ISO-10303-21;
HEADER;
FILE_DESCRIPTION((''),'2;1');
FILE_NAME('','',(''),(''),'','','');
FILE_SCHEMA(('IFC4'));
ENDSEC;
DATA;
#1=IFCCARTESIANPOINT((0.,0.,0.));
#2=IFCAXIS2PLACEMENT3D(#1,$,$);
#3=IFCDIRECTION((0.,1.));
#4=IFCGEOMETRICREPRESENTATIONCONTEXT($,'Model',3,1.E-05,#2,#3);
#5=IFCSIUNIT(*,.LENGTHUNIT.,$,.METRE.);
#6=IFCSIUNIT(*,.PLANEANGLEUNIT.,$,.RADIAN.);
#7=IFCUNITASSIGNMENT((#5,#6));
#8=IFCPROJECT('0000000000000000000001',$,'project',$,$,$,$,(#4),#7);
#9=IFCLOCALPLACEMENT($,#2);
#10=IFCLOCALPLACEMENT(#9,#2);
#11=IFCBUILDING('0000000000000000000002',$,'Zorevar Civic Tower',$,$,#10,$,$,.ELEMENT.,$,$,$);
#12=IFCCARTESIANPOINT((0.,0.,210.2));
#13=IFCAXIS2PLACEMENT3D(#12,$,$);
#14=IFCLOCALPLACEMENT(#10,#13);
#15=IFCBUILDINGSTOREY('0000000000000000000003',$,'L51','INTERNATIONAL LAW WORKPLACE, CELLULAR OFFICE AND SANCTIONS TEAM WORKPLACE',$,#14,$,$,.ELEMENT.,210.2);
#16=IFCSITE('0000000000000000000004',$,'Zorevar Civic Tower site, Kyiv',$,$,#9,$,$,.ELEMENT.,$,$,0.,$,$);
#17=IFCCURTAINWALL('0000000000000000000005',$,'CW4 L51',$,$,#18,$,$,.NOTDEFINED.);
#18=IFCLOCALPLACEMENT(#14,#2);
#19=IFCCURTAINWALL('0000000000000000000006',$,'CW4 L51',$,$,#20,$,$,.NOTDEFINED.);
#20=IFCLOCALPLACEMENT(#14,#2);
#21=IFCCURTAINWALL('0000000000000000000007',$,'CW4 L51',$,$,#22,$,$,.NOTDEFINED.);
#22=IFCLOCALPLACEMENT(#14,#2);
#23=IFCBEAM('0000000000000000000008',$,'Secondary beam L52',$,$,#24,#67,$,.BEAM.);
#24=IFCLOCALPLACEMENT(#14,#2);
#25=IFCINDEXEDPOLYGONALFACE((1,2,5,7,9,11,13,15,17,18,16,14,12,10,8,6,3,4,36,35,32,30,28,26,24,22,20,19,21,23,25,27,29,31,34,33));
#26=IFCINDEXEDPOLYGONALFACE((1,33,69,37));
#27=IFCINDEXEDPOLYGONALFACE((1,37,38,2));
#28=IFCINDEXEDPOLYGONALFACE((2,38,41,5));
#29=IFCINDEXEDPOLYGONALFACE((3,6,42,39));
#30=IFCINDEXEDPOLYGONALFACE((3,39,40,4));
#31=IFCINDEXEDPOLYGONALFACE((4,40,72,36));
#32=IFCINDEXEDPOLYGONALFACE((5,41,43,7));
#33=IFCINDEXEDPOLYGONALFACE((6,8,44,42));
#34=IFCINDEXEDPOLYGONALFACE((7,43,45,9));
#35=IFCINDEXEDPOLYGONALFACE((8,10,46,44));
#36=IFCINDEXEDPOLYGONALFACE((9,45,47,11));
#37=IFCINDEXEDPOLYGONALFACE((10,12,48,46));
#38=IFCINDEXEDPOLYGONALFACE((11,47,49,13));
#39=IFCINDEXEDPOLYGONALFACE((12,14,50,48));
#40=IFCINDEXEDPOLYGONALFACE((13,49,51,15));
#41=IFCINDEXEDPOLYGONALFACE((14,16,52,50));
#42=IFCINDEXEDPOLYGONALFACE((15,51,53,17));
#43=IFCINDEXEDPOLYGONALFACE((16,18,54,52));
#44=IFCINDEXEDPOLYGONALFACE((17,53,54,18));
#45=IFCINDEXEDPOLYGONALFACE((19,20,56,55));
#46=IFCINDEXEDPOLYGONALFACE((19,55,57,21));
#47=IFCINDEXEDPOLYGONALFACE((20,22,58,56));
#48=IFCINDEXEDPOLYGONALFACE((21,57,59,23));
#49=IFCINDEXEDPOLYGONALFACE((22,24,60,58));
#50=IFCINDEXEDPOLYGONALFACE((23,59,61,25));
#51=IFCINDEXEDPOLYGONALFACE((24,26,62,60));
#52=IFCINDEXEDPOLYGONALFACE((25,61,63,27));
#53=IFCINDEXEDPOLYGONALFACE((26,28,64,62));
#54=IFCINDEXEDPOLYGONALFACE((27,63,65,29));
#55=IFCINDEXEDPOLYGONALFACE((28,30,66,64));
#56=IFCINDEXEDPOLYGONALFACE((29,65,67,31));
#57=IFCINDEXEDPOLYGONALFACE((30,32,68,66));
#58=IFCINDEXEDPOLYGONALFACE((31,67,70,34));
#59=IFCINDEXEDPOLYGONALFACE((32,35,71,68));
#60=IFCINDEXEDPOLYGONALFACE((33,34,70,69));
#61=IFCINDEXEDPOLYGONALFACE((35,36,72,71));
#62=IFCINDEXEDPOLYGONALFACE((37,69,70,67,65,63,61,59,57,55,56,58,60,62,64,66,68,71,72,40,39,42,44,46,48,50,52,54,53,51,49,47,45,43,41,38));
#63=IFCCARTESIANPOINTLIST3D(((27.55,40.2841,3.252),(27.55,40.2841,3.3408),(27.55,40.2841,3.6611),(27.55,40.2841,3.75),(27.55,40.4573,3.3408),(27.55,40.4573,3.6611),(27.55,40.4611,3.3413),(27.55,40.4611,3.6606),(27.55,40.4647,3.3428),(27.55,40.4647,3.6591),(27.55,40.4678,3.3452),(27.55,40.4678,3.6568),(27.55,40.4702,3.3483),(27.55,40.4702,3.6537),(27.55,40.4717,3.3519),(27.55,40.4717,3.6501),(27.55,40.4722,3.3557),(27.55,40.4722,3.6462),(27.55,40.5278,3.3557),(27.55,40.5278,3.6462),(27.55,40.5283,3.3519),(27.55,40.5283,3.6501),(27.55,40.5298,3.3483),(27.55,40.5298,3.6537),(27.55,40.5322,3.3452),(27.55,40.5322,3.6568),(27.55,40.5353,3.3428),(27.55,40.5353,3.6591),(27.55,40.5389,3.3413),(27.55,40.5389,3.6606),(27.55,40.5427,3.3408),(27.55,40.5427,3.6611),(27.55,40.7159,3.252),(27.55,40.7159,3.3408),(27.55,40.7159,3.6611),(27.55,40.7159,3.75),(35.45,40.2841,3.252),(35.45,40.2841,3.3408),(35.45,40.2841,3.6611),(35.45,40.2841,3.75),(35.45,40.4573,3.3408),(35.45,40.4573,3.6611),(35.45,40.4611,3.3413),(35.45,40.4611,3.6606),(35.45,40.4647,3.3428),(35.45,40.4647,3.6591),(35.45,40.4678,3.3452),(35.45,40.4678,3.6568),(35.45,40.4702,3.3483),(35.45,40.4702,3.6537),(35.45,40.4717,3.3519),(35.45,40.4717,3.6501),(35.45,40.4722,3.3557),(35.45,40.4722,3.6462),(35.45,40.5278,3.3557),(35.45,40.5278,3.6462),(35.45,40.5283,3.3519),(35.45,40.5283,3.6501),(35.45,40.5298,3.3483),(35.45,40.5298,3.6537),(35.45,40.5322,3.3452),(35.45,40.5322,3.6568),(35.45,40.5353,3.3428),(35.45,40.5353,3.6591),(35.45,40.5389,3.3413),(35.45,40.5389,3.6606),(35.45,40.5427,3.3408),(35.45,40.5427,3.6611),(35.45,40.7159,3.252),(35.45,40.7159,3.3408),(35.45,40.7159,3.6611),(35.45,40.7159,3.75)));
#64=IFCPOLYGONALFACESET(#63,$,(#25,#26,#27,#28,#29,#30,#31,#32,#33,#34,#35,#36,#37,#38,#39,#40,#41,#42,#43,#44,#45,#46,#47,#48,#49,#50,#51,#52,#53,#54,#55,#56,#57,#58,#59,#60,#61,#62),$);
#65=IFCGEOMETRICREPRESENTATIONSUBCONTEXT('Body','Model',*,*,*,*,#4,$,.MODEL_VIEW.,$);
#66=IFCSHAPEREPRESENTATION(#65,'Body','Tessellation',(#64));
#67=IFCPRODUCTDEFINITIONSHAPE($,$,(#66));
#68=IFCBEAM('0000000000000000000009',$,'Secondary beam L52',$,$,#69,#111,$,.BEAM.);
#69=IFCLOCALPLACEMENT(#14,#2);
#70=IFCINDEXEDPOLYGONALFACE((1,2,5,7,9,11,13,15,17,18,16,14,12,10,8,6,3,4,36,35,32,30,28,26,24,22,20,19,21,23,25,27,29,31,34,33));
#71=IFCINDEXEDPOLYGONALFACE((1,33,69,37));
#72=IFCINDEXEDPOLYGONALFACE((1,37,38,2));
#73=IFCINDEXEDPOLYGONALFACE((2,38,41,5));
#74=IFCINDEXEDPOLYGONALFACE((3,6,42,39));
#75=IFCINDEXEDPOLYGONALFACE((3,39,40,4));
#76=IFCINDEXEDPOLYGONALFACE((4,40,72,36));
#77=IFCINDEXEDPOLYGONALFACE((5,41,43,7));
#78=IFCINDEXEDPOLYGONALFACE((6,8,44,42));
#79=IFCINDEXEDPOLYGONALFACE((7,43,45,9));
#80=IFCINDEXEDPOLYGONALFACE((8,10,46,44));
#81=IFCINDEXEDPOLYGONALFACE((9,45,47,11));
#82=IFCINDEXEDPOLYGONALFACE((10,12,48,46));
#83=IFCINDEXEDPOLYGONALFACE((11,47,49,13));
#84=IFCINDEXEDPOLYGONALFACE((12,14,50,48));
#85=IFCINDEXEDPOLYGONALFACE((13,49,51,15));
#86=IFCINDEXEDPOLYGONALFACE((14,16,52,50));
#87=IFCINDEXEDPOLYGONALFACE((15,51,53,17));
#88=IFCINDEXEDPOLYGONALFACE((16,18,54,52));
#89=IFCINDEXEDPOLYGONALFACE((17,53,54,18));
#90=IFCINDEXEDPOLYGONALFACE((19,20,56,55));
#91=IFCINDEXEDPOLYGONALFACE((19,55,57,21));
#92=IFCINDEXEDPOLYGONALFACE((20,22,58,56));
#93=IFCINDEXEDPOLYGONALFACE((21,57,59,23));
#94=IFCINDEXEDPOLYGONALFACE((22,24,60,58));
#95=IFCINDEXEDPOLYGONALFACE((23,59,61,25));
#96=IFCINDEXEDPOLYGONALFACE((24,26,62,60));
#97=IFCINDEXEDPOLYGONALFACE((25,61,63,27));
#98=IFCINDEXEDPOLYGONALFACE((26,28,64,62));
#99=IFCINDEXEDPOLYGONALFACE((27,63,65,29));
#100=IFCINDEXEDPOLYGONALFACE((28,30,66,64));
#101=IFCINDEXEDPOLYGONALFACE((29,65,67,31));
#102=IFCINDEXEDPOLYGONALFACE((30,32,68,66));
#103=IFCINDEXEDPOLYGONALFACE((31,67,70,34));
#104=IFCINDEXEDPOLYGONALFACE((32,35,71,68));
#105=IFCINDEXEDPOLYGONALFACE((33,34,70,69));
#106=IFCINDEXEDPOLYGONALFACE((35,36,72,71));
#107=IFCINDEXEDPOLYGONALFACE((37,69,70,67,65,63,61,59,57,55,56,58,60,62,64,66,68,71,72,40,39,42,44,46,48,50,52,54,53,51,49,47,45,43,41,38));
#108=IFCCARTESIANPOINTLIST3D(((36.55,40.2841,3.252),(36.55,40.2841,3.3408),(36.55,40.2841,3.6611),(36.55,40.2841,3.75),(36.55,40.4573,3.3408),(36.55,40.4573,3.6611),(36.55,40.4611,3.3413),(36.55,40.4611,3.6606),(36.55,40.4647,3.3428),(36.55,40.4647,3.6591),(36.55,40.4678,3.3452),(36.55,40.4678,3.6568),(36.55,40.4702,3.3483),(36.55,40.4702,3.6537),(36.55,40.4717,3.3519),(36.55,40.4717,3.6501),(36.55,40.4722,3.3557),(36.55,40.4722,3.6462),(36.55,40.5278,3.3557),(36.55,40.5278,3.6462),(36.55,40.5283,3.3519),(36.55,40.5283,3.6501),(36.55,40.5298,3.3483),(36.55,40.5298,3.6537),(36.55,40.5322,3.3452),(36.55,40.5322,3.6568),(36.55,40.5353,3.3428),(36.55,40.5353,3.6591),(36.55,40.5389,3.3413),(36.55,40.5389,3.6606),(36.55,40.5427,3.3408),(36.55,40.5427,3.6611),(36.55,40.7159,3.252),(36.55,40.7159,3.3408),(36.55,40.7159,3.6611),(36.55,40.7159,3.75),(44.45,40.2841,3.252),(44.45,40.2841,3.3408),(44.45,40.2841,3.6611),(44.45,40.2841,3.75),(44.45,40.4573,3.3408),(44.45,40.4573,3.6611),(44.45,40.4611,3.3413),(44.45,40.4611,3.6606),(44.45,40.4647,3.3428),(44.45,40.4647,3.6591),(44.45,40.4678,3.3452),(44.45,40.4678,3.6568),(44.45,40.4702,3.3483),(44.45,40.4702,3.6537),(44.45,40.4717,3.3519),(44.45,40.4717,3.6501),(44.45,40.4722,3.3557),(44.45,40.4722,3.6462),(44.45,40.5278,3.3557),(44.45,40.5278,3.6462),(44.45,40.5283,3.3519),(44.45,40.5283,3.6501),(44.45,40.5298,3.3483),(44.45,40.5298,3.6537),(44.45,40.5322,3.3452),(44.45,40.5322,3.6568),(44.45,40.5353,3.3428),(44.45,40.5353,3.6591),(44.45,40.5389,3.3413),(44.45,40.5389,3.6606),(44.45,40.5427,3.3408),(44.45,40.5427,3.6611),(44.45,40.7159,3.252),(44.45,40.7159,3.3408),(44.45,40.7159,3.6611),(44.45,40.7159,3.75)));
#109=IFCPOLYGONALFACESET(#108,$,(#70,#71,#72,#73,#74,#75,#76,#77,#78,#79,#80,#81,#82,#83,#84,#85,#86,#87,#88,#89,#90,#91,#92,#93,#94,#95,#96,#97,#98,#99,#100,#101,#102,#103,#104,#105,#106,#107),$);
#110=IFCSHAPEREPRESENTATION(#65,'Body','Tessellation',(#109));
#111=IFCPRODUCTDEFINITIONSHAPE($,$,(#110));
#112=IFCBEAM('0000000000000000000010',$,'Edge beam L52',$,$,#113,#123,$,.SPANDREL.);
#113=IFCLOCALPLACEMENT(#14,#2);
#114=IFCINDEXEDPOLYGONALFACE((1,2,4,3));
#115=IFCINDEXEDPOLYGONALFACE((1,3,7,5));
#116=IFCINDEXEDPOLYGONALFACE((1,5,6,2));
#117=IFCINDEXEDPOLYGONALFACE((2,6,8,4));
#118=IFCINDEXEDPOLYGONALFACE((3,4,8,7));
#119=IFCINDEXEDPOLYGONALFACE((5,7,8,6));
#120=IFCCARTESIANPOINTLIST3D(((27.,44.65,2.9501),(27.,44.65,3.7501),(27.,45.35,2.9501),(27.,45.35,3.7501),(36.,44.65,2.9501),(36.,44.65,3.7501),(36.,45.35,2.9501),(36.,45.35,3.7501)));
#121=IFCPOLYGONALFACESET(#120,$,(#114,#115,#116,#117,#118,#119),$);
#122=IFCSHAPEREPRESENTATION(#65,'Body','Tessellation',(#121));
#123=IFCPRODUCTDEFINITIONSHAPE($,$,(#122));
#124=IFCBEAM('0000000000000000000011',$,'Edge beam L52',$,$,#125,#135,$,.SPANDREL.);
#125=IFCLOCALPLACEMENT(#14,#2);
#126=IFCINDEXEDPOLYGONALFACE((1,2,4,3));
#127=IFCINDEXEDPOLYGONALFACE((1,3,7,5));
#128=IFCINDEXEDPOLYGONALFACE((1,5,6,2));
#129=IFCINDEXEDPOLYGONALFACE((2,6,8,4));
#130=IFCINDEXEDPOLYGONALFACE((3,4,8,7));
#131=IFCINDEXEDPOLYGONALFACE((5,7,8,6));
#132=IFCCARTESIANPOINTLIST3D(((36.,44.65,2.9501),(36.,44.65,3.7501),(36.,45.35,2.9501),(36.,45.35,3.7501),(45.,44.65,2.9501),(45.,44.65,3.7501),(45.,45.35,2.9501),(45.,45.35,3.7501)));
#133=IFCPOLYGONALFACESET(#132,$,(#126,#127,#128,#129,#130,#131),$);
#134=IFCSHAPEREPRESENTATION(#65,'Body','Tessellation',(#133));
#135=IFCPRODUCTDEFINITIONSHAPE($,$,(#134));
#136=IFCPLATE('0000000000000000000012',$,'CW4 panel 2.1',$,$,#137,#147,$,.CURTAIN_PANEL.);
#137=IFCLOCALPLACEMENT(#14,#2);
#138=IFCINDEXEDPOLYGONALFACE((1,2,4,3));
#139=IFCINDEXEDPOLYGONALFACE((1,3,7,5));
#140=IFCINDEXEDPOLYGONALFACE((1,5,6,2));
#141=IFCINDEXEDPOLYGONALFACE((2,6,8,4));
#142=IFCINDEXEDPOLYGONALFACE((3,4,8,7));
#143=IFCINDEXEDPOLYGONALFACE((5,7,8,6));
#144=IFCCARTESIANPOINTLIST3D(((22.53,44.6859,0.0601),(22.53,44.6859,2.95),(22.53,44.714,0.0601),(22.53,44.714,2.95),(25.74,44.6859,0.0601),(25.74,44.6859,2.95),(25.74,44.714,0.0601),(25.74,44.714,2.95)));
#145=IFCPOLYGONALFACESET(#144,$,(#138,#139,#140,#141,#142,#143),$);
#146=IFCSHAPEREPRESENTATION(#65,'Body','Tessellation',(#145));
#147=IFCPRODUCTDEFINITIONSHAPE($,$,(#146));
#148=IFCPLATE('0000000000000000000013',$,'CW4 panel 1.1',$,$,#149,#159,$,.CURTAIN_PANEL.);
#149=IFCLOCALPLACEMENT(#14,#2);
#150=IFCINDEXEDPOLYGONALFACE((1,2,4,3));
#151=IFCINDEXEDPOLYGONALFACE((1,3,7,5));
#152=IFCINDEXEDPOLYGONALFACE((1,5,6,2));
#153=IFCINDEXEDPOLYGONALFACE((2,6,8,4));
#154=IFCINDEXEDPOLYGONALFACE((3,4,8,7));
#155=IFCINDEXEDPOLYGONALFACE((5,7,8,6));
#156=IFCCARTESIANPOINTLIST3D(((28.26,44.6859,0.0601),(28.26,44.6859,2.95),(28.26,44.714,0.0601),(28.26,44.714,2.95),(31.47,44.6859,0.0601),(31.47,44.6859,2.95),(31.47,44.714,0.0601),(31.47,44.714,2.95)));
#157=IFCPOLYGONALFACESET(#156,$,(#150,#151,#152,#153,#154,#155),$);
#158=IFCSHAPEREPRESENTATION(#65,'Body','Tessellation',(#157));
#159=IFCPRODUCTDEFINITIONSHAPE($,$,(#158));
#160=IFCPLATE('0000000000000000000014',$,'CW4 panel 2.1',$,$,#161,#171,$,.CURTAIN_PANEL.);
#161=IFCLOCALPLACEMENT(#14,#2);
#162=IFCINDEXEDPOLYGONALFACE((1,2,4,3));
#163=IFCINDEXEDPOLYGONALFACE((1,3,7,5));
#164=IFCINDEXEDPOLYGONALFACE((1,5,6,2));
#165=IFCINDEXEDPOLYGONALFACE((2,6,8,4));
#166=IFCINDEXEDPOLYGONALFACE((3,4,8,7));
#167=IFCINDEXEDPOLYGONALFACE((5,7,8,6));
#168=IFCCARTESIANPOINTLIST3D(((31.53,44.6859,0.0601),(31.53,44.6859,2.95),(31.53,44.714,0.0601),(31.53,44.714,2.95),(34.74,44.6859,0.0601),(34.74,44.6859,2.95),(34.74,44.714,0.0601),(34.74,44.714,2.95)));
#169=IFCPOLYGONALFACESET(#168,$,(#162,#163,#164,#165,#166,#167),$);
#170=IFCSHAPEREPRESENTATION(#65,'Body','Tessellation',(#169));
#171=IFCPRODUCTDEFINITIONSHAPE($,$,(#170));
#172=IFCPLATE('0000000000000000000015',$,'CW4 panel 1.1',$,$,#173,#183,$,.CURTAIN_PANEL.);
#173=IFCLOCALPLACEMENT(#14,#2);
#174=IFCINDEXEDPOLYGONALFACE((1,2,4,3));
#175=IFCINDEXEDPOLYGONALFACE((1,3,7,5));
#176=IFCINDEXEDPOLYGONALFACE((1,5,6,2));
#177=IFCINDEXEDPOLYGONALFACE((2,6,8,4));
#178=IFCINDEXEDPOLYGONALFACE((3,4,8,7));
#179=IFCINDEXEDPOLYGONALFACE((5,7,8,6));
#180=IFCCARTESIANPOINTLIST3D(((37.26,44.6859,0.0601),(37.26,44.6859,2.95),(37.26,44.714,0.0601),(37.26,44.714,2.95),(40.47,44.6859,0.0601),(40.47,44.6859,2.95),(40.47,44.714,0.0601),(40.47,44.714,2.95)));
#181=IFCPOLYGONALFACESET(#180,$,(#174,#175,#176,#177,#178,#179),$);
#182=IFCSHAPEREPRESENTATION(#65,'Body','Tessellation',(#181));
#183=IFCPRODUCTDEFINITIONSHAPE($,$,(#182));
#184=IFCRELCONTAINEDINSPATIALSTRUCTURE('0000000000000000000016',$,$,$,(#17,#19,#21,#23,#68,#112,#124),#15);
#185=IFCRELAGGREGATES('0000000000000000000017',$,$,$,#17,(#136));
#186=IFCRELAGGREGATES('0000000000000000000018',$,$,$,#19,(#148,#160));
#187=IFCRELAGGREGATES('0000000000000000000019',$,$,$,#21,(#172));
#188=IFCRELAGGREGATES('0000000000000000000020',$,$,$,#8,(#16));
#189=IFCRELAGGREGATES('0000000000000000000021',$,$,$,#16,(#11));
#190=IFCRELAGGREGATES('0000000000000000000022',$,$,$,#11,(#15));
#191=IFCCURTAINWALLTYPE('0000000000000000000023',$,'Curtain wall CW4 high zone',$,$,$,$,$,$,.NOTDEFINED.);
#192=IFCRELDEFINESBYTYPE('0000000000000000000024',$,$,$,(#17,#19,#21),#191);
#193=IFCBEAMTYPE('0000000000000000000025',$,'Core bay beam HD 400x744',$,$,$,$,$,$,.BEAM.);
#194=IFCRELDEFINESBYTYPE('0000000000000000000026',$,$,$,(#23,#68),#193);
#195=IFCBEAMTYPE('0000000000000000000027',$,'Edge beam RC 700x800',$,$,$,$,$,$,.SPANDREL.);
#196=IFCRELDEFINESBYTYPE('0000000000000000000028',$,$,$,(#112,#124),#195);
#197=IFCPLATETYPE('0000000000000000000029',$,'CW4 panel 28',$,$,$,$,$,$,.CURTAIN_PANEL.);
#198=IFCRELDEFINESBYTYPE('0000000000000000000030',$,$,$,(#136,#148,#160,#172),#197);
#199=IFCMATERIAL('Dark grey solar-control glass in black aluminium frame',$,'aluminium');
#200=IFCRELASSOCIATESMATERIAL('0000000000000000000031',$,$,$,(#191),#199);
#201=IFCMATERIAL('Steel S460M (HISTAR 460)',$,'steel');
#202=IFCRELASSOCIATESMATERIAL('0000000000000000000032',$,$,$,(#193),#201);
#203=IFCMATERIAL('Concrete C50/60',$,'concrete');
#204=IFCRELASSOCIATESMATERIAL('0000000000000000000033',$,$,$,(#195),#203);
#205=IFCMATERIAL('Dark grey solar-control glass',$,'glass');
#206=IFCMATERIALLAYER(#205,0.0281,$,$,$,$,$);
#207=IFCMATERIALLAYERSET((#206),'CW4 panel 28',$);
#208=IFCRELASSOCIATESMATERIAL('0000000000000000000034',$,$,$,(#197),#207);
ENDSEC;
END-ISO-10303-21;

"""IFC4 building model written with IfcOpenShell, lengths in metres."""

from ifc_helpers import new_model, si_unit, direction, frame, origin, origin_2d, place, context, subcontext, project, spatial, rectangle, i_section, extrude, material, layer, layer_set, material_profile, profile_set, type_object, element, aggregate, save


model = new_model("IFC4")

# Units and contexts
model_context = context("Model", 3, precision=1e-05, world=origin(), true_north=direction((0.0, 1.0)))
body_context = subcontext(model_context, "Body", "Model", "MODEL_VIEW")
ifc_project = project(units=[si_unit("LENGTHUNIT", "METRE"), si_unit("PLANEANGLEUNIT", "RADIAN")], contexts=[model_context])

# Site, building, storey
site_placement = place(None, origin())
site = spatial("IfcSite", under=ifc_project, at=site_placement, Name="Zorevar Civic Tower site, Kyiv", CompositionType="ELEMENT", RefElevation=0.0)
building_placement = place(site_placement, origin())
building = spatial("IfcBuilding", under=site, at=building_placement, Name="Zorevar Civic Tower", CompositionType="ELEMENT")
storey_placement = place(building_placement, frame((0.0, 0.0, 210.2)))
storey = spatial("IfcBuildingStorey", under=building, at=storey_placement, Name="L51", Description="INTERNATIONAL LAW WORKPLACE, CELLULAR OFFICE AND SANCTIONS TEAM WORKPLACE", CompositionType="ELEMENT", Elevation=210.2)

# Curtain walls
ifc_material_1 = material(Name="Dark grey solar-control glass in black aluminium frame", Category="aluminium")
curtain_wall_type = type_object("IfcCurtainWallType", Name="Curtain wall CW4 high zone", PredefinedType="NOTDEFINED", material=ifc_material_1)
curtain_wall_1_placement = place(storey_placement, origin())
curtain_wall_1 = element("IfcCurtainWall", 1, at=curtain_wall_1_placement, inside=storey, type_object=curtain_wall_type, Name="CW4 L51", PredefinedType="NOTDEFINED")
curtain_wall_2_placement = place(storey_placement, origin())
curtain_wall_2 = element("IfcCurtainWall", 2, at=curtain_wall_2_placement, inside=storey, type_object=curtain_wall_type, Name="CW4 L51", PredefinedType="NOTDEFINED")
curtain_wall_3_placement = place(storey_placement, origin())
curtain_wall_3 = element("IfcCurtainWall", 3, at=curtain_wall_3_placement, inside=storey, type_object=curtain_wall_type, Name="CW4 L51", PredefinedType="NOTDEFINED")

# Beams
ifc_material_2 = material(Name="Steel S460M (HISTAR 460)", Category="steel")
ifc_material_profile_1 = material_profile(ifc_material_2, i_section(OverallWidth=0.4319, OverallDepth=0.498, WebThickness=0.0557, FlangeThickness=0.0889, FilletRadius=0.0149, at=origin_2d()), Name="HD 400x744")
ifc_profile_set_1 = profile_set([ifc_material_profile_1], Name="Steel S460M (HISTAR 460)")
beam_type_1 = type_object("IfcBeamType", Name="Core bay beam HD 400x744", PredefinedType="BEAM", material=ifc_profile_set_1)
for number, where, z_axis, x_axis, name in (
    (4, (27.55, 40.5, 3.501), (1.0, 0.0, 0.0), (0.0, 1.0, 0.0), "Secondary beam L52"),
    (5, (36.55, 40.5, 3.501), (1.0, 0.0, 0.0), (0.0, 1.0, 0.0), "Secondary beam L52"),
):
    element("IfcBeam", number, at=place(storey_placement, frame(where, z_axis=z_axis, x_axis=x_axis)), inside=storey, type_object=beam_type_1, Name=name, PredefinedType="BEAM", context=body_context, shape_type="SweptSolid", body=[
        extrude(i_section(OverallWidth=0.4319, OverallDepth=0.498, WebThickness=0.0557, FlangeThickness=0.0889, FilletRadius=0.0149, at=origin_2d()), origin(), (0.0, 0.0, 1.0), 7.8999),
    ])
ifc_material_3 = material(Name="Concrete C50/60", Category="concrete")
ifc_material_profile_2 = material_profile(ifc_material_3, rectangle(XDim=0.7, YDim=0.8, at=origin_2d()), Name="RC 700x800")
ifc_profile_set_2 = profile_set([ifc_material_profile_2], Name="Concrete C50/60")
beam_type_2 = type_object("IfcBeamType", Name="Edge beam RC 700x800", PredefinedType="SPANDREL", material=ifc_profile_set_2)
for number, where, z_axis, x_axis, name in (
    (6, (27.0, 45.0, 3.3501), (1.0, 0.0, 0.0), (0.0, 1.0, 0.0), "Edge beam L52"),
    (7, (36.0, 45.0, 3.3501), (1.0, 0.0, 0.0), (0.0, 1.0, 0.0), "Edge beam L52"),
):
    element("IfcBeam", number, at=place(storey_placement, frame(where, z_axis=z_axis, x_axis=x_axis)), inside=storey, type_object=beam_type_2, Name=name, PredefinedType="SPANDREL", context=body_context, shape_type="SweptSolid", body=[
        extrude(rectangle(XDim=0.7, YDim=0.8, at=origin_2d()), origin(), (0.0, 0.0, 1.0), 9.0),
    ])

# Plates
ifc_material_4 = material(Name="Dark grey solar-control glass", Category="glass")
ifc_layer_1 = layer(ifc_material_4, 0.0281)
ifc_layer_set_1 = layer_set([ifc_layer_1], Name="CW4 panel 28")
plate_type = type_object("IfcPlateType", Name="CW4 panel 28", PredefinedType="CURTAIN_PANEL", material=ifc_layer_set_1)
plate_1_placement = place(storey_placement, frame((24.135, 44.7, 0.0601), z_axis=(0.0, 0.0, 1.0), x_axis=(1.0, 0.0, 0.0)))
plate_1 = element("IfcPlate", 8, at=plate_1_placement, type_object=plate_type, Name="CW4 panel 2.1", PredefinedType="CURTAIN_PANEL", context=body_context, shape_type="SweptSolid", body=[
    extrude(rectangle(XDim=3.21, YDim=0.0281, at=origin_2d()), origin(), (0.0, 0.0, 1.0), 2.8899),
])
aggregate(curtain_wall_1, [plate_1])
plate_2_placement = place(storey_placement, frame((29.865, 44.7, 0.0601), z_axis=(0.0, 0.0, 1.0), x_axis=(1.0, 0.0, 0.0)))
plate_2 = element("IfcPlate", 9, at=plate_2_placement, type_object=plate_type, Name="CW4 panel 1.1", PredefinedType="CURTAIN_PANEL", context=body_context, shape_type="SweptSolid", body=[
    extrude(rectangle(XDim=3.21, YDim=0.0281, at=origin_2d()), origin(), (0.0, 0.0, 1.0), 2.8899),
])
plate_3_placement = place(storey_placement, frame((33.135, 44.7, 0.0601), z_axis=(0.0, 0.0, 1.0), x_axis=(1.0, 0.0, 0.0)))
plate_3 = element("IfcPlate", 10, at=plate_3_placement, type_object=plate_type, Name="CW4 panel 2.1", PredefinedType="CURTAIN_PANEL", context=body_context, shape_type="SweptSolid", body=[
    extrude(rectangle(XDim=3.21, YDim=0.0281, at=origin_2d()), origin(), (0.0, 0.0, 1.0), 2.8899),
])
aggregate(curtain_wall_2, [plate_2, plate_3])
plate_4_placement = place(storey_placement, frame((38.865, 44.7, 0.0601), z_axis=(0.0, 0.0, 1.0), x_axis=(1.0, 0.0, 0.0)))
plate_4 = element("IfcPlate", 11, at=plate_4_placement, type_object=plate_type, Name="CW4 panel 1.1", PredefinedType="CURTAIN_PANEL", context=body_context, shape_type="SweptSolid", body=[
    extrude(rectangle(XDim=3.21, YDim=0.0281, at=origin_2d()), origin(), (0.0, 0.0, 1.0), 2.8899),
])
aggregate(curtain_wall_3, [plate_4])

save(model, "model.ifc")
